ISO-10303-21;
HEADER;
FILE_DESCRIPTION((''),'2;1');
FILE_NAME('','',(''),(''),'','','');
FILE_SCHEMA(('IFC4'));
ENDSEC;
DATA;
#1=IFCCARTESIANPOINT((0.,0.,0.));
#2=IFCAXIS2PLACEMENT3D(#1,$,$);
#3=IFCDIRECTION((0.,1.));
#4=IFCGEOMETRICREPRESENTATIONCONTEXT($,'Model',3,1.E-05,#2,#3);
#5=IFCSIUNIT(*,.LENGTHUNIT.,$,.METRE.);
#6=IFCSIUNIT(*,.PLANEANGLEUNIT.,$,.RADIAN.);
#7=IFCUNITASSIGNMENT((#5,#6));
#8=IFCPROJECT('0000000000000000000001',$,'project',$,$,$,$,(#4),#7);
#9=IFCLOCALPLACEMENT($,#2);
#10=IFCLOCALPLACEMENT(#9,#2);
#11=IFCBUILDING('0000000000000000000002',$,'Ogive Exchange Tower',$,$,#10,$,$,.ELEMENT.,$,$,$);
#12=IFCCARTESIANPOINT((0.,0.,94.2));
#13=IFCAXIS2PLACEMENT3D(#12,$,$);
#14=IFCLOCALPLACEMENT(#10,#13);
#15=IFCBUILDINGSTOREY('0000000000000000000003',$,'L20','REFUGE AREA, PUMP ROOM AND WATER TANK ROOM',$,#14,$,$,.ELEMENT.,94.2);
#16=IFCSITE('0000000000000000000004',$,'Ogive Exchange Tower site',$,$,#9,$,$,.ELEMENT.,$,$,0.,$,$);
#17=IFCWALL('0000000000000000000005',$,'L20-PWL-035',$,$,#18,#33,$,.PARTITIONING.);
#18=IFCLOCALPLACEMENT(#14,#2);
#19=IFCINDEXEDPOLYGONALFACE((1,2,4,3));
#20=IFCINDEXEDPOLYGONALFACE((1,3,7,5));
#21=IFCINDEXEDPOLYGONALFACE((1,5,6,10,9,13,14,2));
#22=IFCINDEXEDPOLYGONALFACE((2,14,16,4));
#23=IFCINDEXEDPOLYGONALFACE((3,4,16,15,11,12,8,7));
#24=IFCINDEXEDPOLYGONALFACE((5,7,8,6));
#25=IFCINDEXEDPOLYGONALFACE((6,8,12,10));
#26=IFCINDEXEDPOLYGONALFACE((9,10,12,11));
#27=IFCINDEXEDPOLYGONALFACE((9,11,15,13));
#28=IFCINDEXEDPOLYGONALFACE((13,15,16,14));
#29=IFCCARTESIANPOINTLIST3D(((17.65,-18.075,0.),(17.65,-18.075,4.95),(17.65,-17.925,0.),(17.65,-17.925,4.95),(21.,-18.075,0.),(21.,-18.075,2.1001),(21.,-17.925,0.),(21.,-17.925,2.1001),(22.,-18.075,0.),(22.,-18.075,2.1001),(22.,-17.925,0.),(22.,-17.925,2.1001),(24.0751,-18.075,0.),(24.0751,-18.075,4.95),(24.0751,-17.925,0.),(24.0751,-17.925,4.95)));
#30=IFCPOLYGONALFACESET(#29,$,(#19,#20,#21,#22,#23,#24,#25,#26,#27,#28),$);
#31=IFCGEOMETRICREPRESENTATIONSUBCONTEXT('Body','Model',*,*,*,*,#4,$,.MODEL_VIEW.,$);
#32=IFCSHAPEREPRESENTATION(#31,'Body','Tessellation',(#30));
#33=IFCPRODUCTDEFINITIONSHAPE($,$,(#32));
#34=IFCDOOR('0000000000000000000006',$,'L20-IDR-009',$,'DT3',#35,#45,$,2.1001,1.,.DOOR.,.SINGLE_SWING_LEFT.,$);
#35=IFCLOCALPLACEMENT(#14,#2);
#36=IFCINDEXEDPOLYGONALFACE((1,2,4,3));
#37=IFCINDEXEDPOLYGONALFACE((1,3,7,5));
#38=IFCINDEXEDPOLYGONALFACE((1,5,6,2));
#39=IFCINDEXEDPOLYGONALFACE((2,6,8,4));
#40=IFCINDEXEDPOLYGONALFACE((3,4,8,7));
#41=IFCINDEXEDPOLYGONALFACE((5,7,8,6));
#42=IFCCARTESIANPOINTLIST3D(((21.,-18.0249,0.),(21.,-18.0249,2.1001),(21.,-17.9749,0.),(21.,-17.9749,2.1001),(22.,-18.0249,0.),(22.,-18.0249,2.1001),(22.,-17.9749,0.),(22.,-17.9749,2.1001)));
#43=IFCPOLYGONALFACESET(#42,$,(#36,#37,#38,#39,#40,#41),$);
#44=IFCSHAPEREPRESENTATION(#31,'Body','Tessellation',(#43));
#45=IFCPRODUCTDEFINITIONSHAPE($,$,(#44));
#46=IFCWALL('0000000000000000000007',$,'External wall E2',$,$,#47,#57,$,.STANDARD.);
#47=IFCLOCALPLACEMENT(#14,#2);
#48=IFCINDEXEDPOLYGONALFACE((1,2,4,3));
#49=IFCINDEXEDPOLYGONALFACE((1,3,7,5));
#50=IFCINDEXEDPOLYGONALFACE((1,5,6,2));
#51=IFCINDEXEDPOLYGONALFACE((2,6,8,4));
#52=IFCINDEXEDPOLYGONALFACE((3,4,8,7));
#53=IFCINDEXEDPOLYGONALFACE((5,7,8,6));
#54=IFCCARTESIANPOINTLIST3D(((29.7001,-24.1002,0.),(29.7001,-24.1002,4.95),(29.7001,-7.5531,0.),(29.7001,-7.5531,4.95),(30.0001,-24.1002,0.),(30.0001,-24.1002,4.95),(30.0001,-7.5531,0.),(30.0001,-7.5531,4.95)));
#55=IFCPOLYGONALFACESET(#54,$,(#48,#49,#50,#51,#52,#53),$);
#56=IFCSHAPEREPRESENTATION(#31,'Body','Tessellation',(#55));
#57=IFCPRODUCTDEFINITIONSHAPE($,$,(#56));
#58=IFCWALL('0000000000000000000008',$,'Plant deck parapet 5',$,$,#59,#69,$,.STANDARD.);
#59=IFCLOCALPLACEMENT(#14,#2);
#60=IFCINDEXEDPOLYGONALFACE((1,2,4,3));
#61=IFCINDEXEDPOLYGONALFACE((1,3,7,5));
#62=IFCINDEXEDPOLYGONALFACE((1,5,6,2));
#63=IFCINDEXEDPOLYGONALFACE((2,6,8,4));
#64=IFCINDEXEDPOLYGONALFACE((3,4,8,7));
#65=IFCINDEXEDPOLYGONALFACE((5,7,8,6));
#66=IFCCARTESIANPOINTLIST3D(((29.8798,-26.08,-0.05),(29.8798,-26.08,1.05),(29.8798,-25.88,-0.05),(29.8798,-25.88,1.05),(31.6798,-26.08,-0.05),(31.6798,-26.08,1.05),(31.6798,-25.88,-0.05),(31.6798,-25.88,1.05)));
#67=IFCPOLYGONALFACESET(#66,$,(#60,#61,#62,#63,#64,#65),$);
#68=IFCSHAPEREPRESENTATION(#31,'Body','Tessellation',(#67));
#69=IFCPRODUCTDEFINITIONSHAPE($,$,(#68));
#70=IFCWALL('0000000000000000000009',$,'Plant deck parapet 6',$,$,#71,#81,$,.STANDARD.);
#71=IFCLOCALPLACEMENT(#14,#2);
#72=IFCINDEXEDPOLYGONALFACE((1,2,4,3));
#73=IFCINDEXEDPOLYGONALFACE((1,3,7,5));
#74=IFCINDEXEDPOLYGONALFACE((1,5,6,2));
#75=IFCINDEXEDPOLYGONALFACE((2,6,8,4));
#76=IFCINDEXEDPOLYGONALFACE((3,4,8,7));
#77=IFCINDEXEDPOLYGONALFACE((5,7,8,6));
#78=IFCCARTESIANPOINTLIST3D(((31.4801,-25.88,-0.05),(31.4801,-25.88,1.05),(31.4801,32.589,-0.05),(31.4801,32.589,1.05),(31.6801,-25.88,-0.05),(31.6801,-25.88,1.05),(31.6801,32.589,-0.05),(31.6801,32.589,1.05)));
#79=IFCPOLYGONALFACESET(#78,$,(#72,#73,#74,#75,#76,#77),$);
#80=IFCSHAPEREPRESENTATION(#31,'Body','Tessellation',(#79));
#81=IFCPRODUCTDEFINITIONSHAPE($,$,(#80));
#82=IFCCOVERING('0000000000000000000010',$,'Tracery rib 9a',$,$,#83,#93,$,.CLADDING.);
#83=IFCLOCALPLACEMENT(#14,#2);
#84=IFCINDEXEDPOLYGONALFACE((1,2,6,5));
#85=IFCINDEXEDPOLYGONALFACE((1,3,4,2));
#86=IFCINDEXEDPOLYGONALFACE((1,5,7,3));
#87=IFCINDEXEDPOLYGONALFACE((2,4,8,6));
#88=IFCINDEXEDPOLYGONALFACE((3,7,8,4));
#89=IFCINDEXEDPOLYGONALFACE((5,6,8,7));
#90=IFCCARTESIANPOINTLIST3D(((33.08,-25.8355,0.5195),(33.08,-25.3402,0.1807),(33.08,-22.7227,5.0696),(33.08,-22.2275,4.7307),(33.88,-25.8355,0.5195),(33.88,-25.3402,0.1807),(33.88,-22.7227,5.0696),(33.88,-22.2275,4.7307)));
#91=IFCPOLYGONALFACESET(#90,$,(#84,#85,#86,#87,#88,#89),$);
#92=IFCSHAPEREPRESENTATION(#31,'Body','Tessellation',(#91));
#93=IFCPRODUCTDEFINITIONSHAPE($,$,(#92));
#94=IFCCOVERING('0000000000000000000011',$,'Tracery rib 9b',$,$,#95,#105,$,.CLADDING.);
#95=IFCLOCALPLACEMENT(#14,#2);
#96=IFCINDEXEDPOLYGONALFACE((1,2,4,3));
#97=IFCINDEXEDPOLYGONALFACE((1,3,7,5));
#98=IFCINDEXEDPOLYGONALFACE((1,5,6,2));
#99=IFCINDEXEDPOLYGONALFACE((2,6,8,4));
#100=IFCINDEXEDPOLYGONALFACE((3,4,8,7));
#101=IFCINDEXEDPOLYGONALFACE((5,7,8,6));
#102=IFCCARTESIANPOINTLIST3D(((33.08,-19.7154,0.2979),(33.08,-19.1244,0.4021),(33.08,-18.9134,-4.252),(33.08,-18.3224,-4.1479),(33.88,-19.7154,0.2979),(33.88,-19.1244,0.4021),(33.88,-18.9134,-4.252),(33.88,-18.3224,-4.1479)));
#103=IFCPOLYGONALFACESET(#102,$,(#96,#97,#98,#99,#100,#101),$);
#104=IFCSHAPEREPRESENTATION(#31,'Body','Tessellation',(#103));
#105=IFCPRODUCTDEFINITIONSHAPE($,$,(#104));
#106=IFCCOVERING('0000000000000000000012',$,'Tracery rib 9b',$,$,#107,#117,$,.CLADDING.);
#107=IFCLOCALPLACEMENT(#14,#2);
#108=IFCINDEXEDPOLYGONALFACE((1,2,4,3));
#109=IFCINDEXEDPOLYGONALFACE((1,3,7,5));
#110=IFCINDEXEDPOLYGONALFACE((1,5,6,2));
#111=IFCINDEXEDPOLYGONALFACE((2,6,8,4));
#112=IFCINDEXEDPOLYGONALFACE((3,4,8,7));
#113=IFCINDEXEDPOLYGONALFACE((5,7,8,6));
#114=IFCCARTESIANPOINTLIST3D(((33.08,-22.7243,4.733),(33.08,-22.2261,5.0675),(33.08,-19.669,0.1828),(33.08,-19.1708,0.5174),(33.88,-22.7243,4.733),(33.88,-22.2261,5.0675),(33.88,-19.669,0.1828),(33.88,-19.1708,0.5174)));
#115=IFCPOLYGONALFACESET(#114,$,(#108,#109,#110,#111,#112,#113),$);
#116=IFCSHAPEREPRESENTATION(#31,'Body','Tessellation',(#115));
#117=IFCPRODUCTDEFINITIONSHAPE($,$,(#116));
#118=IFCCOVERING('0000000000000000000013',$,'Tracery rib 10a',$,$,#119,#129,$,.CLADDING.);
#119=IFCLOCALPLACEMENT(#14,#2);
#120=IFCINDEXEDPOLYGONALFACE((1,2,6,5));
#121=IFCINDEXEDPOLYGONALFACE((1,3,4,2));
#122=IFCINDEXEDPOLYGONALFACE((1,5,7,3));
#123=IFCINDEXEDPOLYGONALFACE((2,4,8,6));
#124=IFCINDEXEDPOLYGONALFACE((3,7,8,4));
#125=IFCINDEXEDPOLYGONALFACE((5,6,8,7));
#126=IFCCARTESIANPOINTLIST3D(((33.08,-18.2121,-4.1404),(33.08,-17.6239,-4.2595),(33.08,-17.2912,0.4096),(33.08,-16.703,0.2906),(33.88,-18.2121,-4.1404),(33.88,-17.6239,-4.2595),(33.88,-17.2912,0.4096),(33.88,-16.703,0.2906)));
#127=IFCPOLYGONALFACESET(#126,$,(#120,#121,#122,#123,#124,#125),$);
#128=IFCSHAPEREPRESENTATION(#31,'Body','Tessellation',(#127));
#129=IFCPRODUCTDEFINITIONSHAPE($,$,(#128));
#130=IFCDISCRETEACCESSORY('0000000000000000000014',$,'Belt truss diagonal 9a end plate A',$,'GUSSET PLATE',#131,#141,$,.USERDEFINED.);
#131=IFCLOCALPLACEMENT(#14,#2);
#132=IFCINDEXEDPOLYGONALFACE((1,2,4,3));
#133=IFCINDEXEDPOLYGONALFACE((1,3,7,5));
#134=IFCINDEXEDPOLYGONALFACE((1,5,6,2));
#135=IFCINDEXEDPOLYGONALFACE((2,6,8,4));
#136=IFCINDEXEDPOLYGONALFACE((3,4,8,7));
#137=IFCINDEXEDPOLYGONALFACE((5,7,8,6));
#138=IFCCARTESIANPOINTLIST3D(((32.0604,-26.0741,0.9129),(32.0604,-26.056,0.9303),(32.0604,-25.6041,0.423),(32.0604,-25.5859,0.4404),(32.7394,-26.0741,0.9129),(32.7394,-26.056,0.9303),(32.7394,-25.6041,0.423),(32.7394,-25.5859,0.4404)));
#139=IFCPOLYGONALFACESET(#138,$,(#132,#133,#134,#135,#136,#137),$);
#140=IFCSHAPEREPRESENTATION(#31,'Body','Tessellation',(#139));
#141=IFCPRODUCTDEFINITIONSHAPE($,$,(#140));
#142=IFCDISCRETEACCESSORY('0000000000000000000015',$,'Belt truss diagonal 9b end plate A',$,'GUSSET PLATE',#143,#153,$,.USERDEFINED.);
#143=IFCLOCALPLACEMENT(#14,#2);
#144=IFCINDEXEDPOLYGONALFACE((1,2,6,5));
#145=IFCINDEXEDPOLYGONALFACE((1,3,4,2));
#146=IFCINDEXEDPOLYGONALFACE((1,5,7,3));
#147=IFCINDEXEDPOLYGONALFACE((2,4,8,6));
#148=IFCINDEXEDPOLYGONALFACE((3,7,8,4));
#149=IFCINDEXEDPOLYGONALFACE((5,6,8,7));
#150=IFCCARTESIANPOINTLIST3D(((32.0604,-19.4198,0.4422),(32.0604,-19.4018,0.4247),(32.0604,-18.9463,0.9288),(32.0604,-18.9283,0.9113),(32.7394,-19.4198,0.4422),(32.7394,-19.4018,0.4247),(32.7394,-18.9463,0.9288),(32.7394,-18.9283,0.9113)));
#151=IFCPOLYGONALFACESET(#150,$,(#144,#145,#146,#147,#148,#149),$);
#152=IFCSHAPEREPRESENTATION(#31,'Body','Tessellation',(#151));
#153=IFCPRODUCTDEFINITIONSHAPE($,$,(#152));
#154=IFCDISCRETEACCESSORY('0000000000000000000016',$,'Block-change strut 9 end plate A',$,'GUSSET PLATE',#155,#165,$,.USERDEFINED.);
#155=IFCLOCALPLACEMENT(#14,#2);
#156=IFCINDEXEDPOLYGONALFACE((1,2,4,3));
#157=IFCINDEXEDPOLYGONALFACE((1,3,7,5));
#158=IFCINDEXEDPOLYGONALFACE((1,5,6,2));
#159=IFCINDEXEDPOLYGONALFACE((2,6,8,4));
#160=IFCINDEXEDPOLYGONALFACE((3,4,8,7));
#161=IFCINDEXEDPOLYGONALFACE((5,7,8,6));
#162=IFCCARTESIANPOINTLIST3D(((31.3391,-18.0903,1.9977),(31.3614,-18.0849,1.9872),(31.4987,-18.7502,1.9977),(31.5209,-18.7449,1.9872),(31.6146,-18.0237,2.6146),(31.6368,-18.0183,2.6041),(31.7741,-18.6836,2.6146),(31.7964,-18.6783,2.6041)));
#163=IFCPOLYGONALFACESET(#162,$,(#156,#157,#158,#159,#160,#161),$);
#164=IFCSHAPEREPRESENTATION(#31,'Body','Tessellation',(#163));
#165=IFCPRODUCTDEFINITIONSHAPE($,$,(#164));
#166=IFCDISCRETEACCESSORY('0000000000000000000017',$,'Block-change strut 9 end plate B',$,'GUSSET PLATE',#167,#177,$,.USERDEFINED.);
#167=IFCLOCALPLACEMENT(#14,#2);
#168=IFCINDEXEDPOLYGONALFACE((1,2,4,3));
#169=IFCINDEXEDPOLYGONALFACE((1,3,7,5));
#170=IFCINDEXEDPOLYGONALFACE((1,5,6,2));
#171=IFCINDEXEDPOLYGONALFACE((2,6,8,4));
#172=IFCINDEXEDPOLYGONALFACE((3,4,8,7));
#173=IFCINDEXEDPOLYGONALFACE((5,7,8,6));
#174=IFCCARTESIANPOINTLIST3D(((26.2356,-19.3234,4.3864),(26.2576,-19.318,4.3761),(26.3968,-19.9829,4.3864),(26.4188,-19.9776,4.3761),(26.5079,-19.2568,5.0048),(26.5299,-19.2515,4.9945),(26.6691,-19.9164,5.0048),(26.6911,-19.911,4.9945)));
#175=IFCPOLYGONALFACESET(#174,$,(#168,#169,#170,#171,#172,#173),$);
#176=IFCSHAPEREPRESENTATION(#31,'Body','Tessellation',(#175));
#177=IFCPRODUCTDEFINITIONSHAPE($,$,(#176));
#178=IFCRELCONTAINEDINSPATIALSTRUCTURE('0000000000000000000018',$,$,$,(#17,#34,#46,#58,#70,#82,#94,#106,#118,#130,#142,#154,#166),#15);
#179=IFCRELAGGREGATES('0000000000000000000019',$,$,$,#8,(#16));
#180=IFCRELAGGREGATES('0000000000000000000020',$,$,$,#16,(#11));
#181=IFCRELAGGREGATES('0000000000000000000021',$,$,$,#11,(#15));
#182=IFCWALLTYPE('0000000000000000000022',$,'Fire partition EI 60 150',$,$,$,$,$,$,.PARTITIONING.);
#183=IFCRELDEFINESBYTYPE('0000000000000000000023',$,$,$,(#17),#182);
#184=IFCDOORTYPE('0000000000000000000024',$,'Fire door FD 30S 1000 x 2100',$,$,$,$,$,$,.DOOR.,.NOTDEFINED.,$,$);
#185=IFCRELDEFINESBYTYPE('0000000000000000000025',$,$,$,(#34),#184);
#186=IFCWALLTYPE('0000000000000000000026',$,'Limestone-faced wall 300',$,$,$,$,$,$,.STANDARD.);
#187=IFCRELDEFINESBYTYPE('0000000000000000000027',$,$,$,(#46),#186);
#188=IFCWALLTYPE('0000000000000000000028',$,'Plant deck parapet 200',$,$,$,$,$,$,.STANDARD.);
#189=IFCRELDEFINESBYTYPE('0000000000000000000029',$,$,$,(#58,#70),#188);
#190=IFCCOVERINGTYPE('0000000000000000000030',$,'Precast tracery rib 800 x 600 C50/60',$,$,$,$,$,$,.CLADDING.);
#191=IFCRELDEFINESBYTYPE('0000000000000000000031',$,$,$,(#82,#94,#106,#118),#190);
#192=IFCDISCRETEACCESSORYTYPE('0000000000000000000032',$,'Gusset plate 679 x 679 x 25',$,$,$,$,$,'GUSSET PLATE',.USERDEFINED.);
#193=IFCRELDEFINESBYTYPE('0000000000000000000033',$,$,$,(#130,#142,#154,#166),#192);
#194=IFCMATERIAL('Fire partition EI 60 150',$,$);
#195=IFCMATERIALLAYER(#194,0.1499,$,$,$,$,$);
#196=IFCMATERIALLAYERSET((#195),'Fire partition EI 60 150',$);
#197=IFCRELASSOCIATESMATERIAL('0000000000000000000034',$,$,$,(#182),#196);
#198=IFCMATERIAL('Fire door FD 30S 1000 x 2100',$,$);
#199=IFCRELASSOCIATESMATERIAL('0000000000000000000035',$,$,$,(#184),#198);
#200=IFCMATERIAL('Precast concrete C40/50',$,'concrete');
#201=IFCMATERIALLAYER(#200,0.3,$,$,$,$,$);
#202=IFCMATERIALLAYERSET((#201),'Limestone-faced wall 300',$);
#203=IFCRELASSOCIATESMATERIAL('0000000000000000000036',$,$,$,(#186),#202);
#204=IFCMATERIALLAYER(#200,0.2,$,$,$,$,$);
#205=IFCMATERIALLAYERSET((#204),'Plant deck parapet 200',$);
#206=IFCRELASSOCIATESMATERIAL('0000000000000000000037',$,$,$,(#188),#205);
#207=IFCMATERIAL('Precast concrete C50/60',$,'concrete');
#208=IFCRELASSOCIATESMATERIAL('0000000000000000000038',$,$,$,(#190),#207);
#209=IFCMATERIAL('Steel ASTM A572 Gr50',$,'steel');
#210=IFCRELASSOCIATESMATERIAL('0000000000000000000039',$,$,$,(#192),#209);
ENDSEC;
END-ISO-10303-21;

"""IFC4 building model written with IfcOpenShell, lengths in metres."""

from ifc_helpers import new_model, si_unit, direction, frame, frame_2d, origin, origin_2d, place, context, subcontext, project, spatial, rectangle, extrude, material, layer, layer_set, material_profile, profile_set, type_object, element, fill, save


model = new_model("IFC4")

# Units and contexts
model_context = context("Model", 3, precision=1e-05, world=origin(), true_north=direction((0.0, 1.0)))
body_context = subcontext(model_context, "Body", "Model", "MODEL_VIEW")
ifc_project = project(units=[si_unit("LENGTHUNIT", "METRE"), si_unit("PLANEANGLEUNIT", "RADIAN")], contexts=[model_context])

# Site, building, storey
site_placement = place(None, origin())
site = spatial("IfcSite", under=ifc_project, at=site_placement, Name="Ogive Exchange Tower site", CompositionType="ELEMENT", RefElevation=0.0)
building_placement = place(site_placement, origin())
building = spatial("IfcBuilding", under=site, at=building_placement, Name="Ogive Exchange Tower", CompositionType="ELEMENT")
storey_placement = place(building_placement, frame((0.0, 0.0, 94.2)))
storey = spatial("IfcBuildingStorey", under=building, at=storey_placement, Name="L20", Description="REFUGE AREA, PUMP ROOM AND WATER TANK ROOM", CompositionType="ELEMENT", Elevation=94.2)

# Wall, opening, door
ifc_material_1 = material(Name="Fire partition EI 60 150")
ifc_layer_1 = layer(ifc_material_1, 0.1499)
ifc_layer_set_1 = layer_set([ifc_layer_1], Name="Fire partition EI 60 150")
wall_type_1 = type_object("IfcWallType", Name="Fire partition EI 60 150", PredefinedType="PARTITIONING", material=ifc_layer_set_1)
wall_1_placement = place(storey_placement, frame((24.075, -18.0, 0.0), z_axis=(0.0, 0.0, 1.0), x_axis=(-1.0, 0.0, 0.0)))
wall_1 = element("IfcWall", 1, at=wall_1_placement, inside=storey, type_object=wall_type_1, Name="L20-PWL-035", PredefinedType="PARTITIONING", context=body_context, shape_type="SweptSolid", body=[
    extrude(rectangle(XDim=6.425, YDim=0.1499, at=frame_2d((3.2124, 0.0))), origin(), (0.0, 0.0, 1.0), 4.95),
])
opening_placement = place(wall_1_placement, frame((2.075, 0.0, 0.0)))
opening = element("IfcOpeningElement", 2, at=opening_placement, cuts=wall_1, PredefinedType="OPENING", context=body_context, shape_type="SweptSolid", body=[
    extrude(rectangle(XDim=1.0, YDim=2.1001, at=frame_2d((0.5, 1.05))), frame((0.0, 0.085, 0.0), z_axis=(0.0, -1.0, 0.0), x_axis=(1.0, 0.0, 0.0)), (0.0, 0.0, 1.0), 0.1699),
])
ifc_material_2 = material(Name="Fire door FD 30S 1000 x 2100")
door_type = type_object("IfcDoorType", Name="Fire door FD 30S 1000 x 2100", OperationType="NOTDEFINED", PredefinedType="DOOR", material=ifc_material_2)
door_placement = place(opening_placement, origin())
door = element("IfcDoor", 3, at=door_placement, inside=storey, type_object=door_type, Name="L20-IDR-009", ObjectType="DT3", OperationType="SINGLE_SWING_LEFT", OverallHeight=2.1001, OverallWidth=1.0, PredefinedType="DOOR", context=body_context, shape_type="SweptSolid", body=[
    extrude(rectangle(XDim=1.0, YDim=2.1001, at=frame_2d((0.5, 1.05))), frame((0.0, 0.0249, 0.0), z_axis=(0.0, -1.0, 0.0), x_axis=(1.0, 0.0, 0.0)), (0.0, 0.0, 1.0), 0.05),
])
fill(opening, door)

# Walls
ifc_material_3 = material(Name="Precast concrete C40/50", Category="concrete")
ifc_layer_2 = layer(ifc_material_3, 0.3)
ifc_layer_set_2 = layer_set([ifc_layer_2], Name="Limestone-faced wall 300")
wall_type_2 = type_object("IfcWallType", Name="Limestone-faced wall 300", PredefinedType="STANDARD", material=ifc_layer_set_2)
wall_2_placement = place(storey_placement, frame((29.8501, -24.1001, 0.0), z_axis=(0.0, 0.0, 1.0), x_axis=(0.0, 1.0, 0.0)))
element("IfcWall", 4, at=wall_2_placement, inside=storey, type_object=wall_type_2, Name="External wall E2", PredefinedType="STANDARD", context=body_context, shape_type="SweptSolid", body=[
    extrude(rectangle(XDim=16.5471, YDim=0.3, at=frame_2d((8.2734, 0.0))), origin(), (0.0, 0.0, 1.0), 4.95),
])
ifc_layer_3 = layer(ifc_material_3, 0.2)
ifc_layer_set_3 = layer_set([ifc_layer_3], Name="Plant deck parapet 200")
wall_type_3 = type_object("IfcWallType", Name="Plant deck parapet 200", PredefinedType="STANDARD", material=ifc_layer_set_3)
wall_3_placement = place(storey_placement, frame((29.8799, -25.98, -0.05), z_axis=(0.0, 0.0, 1.0), x_axis=(1.0, 0.0, 0.0)))
element("IfcWall", 5, at=wall_3_placement, inside=storey, type_object=wall_type_3, Name="Plant deck parapet 5", PredefinedType="STANDARD", context=body_context, shape_type="SweptSolid", body=[
    extrude(rectangle(XDim=1.8, YDim=0.2, at=frame_2d((0.8999, 0.0))), origin(), (0.0, 0.0, 1.0), 1.1001),
])
wall_4_placement = place(storey_placement, frame((31.5801, -25.8799, -0.05), z_axis=(0.0, 0.0, 1.0), x_axis=(0.0, 1.0, 0.0)))
element("IfcWall", 6, at=wall_4_placement, inside=storey, type_object=wall_type_3, Name="Plant deck parapet 6", PredefinedType="STANDARD", context=body_context, shape_type="SweptSolid", body=[
    extrude(rectangle(XDim=58.469, YDim=0.2, at=frame_2d((29.2344, 0.0))), origin(), (0.0, 0.0, 1.0), 1.1001),
])

# Coverings
ifc_material_4 = material(Name="Precast concrete C50/60", Category="concrete")
ifc_material_profile_1 = material_profile(ifc_material_4, rectangle(XDim=0.8, YDim=0.6001, at=origin_2d()), Name="RIB 800 x 600")
ifc_profile_set_1 = profile_set([ifc_material_profile_1], Name="Precast concrete C50/60")
covering_type = type_object("IfcCoveringType", Name="Precast tracery rib 800 x 600 C50/60", PredefinedType="CLADDING", material=ifc_profile_set_1)
covering_1_placement = place(storey_placement, frame((33.48, -25.5879, 0.3501), z_axis=(0.0, 0.564635, 0.825341), x_axis=(-1.0, 0.0, 0.0)))
element("IfcCovering", 7, at=covering_1_placement, inside=storey, type_object=covering_type, Name="Tracery rib 9a", PredefinedType="CLADDING", context=body_context, shape_type="SweptSolid", body=[
    extrude(rectangle(XDim=0.8, YDim=0.6001, at=origin_2d()), origin(), (0.0, 0.0, 1.0), 5.5129),
])
covering_2_placement = place(storey_placement, frame((33.48, -18.6179, -4.2), z_axis=(0.0, -0.173586, 0.984819), x_axis=(1.0, 0.0, 0.0)))
element("IfcCovering", 8, at=covering_2_placement, inside=storey, type_object=covering_type, Name="Tracery rib 9b", PredefinedType="CLADDING", context=body_context, shape_type="SweptSolid", body=[
    extrude(rectangle(XDim=0.8, YDim=0.6001, at=origin_2d()), origin(), (0.0, 0.0, 1.0), 4.6201),
])
covering_3_placement = place(storey_placement, frame((33.48, -19.4199, 0.3501), z_axis=(0.0, -0.557452, 0.830209), x_axis=(1.0, 0.0, 0.0)))
element("IfcCovering", 9, at=covering_3_placement, inside=storey, type_object=covering_type, Name="Tracery rib 9b", PredefinedType="CLADDING", context=body_context, shape_type="SweptSolid", body=[
    extrude(rectangle(XDim=0.8, YDim=0.6001, at=origin_2d()), origin(), (0.0, 0.0, 1.0), 5.4807),
])
covering_4_placement = place(storey_placement, frame((33.48, -17.918, -4.2), z_axis=(0.0, 0.198371, 0.980127), x_axis=(-1.0, 0.0, 0.0)))
element("IfcCovering", 10, at=covering_4_placement, inside=storey, type_object=covering_type, Name="Tracery rib 10a", PredefinedType="CLADDING", context=body_context, shape_type="SweptSolid", body=[
    extrude(rectangle(XDim=0.8, YDim=0.6001, at=origin_2d()), origin(), (0.0, 0.0, 1.0), 4.6423),
])

# Discrete accessories
ifc_material_5 = material(Name="Steel ASTM A572 Gr50", Category="steel")
ifc_material_profile_2 = material_profile(ifc_material_5, rectangle(XDim=0.679, YDim=0.679, at=origin_2d()), Name="PL 679 x 679 x 25")
ifc_profile_set_2 = profile_set([ifc_material_profile_2], Name="Steel ASTM A572 Gr50")
discrete_accessory_type = type_object("IfcDiscreteAccessoryType", Name="Gusset plate 679 x 679 x 25", ElementType="GUSSET PLATE", PredefinedType="USERDEFINED", material=ifc_profile_set_2)
for number, where, z_axis, x_axis, name in (
    (11, (32.3999, -25.8391, 0.668), (0.0, 0.721582, 0.692329), (-1.0, 0.0, 0.0), "Belt truss diagonal 9a end plate A"),
    (12, (32.3999, -19.165, 0.668), (0.0, -0.716726, 0.697355), (1.0, 0.0, 0.0), "Belt truss diagonal 9b end plate A"),
    (13, (31.5789, -18.3816, 2.2957), (-0.883287, -0.213542, 0.417377), (0.234989, -0.971998, 0.0), "Block-change strut 9 end plate A"),
):
    element("IfcDiscreteAccessory", number, at=place(storey_placement, frame(where, z_axis=z_axis, x_axis=x_axis)), inside=storey, type_object=discrete_accessory_type, Name=name, ObjectType="GUSSET PLATE", PredefinedType="USERDEFINED", context=body_context, shape_type="SweptSolid", body=[
        extrude(rectangle(XDim=0.679, YDim=0.679, at=origin_2d()), origin(), (0.0, 0.0, 1.0), 0.0251),
    ])
discrete_accessory_placement = place(storey_placement, frame((26.4744, -19.6145, 4.6853), z_axis=(-0.884737, -0.216269, 0.412877), x_axis=(0.237453, -0.971399, 0.0)))
element("IfcDiscreteAccessory", 14, at=discrete_accessory_placement, inside=storey, type_object=discrete_accessory_type, Name="Block-change strut 9 end plate B", ObjectType="GUSSET PLATE", PredefinedType="USERDEFINED", context=body_context, shape_type="SweptSolid", body=[
    extrude(rectangle(XDim=0.679, YDim=0.679, at=origin_2d()), origin(), (0.0, 0.0, 1.0), 0.0249),
])

save(model, "model.ifc")
